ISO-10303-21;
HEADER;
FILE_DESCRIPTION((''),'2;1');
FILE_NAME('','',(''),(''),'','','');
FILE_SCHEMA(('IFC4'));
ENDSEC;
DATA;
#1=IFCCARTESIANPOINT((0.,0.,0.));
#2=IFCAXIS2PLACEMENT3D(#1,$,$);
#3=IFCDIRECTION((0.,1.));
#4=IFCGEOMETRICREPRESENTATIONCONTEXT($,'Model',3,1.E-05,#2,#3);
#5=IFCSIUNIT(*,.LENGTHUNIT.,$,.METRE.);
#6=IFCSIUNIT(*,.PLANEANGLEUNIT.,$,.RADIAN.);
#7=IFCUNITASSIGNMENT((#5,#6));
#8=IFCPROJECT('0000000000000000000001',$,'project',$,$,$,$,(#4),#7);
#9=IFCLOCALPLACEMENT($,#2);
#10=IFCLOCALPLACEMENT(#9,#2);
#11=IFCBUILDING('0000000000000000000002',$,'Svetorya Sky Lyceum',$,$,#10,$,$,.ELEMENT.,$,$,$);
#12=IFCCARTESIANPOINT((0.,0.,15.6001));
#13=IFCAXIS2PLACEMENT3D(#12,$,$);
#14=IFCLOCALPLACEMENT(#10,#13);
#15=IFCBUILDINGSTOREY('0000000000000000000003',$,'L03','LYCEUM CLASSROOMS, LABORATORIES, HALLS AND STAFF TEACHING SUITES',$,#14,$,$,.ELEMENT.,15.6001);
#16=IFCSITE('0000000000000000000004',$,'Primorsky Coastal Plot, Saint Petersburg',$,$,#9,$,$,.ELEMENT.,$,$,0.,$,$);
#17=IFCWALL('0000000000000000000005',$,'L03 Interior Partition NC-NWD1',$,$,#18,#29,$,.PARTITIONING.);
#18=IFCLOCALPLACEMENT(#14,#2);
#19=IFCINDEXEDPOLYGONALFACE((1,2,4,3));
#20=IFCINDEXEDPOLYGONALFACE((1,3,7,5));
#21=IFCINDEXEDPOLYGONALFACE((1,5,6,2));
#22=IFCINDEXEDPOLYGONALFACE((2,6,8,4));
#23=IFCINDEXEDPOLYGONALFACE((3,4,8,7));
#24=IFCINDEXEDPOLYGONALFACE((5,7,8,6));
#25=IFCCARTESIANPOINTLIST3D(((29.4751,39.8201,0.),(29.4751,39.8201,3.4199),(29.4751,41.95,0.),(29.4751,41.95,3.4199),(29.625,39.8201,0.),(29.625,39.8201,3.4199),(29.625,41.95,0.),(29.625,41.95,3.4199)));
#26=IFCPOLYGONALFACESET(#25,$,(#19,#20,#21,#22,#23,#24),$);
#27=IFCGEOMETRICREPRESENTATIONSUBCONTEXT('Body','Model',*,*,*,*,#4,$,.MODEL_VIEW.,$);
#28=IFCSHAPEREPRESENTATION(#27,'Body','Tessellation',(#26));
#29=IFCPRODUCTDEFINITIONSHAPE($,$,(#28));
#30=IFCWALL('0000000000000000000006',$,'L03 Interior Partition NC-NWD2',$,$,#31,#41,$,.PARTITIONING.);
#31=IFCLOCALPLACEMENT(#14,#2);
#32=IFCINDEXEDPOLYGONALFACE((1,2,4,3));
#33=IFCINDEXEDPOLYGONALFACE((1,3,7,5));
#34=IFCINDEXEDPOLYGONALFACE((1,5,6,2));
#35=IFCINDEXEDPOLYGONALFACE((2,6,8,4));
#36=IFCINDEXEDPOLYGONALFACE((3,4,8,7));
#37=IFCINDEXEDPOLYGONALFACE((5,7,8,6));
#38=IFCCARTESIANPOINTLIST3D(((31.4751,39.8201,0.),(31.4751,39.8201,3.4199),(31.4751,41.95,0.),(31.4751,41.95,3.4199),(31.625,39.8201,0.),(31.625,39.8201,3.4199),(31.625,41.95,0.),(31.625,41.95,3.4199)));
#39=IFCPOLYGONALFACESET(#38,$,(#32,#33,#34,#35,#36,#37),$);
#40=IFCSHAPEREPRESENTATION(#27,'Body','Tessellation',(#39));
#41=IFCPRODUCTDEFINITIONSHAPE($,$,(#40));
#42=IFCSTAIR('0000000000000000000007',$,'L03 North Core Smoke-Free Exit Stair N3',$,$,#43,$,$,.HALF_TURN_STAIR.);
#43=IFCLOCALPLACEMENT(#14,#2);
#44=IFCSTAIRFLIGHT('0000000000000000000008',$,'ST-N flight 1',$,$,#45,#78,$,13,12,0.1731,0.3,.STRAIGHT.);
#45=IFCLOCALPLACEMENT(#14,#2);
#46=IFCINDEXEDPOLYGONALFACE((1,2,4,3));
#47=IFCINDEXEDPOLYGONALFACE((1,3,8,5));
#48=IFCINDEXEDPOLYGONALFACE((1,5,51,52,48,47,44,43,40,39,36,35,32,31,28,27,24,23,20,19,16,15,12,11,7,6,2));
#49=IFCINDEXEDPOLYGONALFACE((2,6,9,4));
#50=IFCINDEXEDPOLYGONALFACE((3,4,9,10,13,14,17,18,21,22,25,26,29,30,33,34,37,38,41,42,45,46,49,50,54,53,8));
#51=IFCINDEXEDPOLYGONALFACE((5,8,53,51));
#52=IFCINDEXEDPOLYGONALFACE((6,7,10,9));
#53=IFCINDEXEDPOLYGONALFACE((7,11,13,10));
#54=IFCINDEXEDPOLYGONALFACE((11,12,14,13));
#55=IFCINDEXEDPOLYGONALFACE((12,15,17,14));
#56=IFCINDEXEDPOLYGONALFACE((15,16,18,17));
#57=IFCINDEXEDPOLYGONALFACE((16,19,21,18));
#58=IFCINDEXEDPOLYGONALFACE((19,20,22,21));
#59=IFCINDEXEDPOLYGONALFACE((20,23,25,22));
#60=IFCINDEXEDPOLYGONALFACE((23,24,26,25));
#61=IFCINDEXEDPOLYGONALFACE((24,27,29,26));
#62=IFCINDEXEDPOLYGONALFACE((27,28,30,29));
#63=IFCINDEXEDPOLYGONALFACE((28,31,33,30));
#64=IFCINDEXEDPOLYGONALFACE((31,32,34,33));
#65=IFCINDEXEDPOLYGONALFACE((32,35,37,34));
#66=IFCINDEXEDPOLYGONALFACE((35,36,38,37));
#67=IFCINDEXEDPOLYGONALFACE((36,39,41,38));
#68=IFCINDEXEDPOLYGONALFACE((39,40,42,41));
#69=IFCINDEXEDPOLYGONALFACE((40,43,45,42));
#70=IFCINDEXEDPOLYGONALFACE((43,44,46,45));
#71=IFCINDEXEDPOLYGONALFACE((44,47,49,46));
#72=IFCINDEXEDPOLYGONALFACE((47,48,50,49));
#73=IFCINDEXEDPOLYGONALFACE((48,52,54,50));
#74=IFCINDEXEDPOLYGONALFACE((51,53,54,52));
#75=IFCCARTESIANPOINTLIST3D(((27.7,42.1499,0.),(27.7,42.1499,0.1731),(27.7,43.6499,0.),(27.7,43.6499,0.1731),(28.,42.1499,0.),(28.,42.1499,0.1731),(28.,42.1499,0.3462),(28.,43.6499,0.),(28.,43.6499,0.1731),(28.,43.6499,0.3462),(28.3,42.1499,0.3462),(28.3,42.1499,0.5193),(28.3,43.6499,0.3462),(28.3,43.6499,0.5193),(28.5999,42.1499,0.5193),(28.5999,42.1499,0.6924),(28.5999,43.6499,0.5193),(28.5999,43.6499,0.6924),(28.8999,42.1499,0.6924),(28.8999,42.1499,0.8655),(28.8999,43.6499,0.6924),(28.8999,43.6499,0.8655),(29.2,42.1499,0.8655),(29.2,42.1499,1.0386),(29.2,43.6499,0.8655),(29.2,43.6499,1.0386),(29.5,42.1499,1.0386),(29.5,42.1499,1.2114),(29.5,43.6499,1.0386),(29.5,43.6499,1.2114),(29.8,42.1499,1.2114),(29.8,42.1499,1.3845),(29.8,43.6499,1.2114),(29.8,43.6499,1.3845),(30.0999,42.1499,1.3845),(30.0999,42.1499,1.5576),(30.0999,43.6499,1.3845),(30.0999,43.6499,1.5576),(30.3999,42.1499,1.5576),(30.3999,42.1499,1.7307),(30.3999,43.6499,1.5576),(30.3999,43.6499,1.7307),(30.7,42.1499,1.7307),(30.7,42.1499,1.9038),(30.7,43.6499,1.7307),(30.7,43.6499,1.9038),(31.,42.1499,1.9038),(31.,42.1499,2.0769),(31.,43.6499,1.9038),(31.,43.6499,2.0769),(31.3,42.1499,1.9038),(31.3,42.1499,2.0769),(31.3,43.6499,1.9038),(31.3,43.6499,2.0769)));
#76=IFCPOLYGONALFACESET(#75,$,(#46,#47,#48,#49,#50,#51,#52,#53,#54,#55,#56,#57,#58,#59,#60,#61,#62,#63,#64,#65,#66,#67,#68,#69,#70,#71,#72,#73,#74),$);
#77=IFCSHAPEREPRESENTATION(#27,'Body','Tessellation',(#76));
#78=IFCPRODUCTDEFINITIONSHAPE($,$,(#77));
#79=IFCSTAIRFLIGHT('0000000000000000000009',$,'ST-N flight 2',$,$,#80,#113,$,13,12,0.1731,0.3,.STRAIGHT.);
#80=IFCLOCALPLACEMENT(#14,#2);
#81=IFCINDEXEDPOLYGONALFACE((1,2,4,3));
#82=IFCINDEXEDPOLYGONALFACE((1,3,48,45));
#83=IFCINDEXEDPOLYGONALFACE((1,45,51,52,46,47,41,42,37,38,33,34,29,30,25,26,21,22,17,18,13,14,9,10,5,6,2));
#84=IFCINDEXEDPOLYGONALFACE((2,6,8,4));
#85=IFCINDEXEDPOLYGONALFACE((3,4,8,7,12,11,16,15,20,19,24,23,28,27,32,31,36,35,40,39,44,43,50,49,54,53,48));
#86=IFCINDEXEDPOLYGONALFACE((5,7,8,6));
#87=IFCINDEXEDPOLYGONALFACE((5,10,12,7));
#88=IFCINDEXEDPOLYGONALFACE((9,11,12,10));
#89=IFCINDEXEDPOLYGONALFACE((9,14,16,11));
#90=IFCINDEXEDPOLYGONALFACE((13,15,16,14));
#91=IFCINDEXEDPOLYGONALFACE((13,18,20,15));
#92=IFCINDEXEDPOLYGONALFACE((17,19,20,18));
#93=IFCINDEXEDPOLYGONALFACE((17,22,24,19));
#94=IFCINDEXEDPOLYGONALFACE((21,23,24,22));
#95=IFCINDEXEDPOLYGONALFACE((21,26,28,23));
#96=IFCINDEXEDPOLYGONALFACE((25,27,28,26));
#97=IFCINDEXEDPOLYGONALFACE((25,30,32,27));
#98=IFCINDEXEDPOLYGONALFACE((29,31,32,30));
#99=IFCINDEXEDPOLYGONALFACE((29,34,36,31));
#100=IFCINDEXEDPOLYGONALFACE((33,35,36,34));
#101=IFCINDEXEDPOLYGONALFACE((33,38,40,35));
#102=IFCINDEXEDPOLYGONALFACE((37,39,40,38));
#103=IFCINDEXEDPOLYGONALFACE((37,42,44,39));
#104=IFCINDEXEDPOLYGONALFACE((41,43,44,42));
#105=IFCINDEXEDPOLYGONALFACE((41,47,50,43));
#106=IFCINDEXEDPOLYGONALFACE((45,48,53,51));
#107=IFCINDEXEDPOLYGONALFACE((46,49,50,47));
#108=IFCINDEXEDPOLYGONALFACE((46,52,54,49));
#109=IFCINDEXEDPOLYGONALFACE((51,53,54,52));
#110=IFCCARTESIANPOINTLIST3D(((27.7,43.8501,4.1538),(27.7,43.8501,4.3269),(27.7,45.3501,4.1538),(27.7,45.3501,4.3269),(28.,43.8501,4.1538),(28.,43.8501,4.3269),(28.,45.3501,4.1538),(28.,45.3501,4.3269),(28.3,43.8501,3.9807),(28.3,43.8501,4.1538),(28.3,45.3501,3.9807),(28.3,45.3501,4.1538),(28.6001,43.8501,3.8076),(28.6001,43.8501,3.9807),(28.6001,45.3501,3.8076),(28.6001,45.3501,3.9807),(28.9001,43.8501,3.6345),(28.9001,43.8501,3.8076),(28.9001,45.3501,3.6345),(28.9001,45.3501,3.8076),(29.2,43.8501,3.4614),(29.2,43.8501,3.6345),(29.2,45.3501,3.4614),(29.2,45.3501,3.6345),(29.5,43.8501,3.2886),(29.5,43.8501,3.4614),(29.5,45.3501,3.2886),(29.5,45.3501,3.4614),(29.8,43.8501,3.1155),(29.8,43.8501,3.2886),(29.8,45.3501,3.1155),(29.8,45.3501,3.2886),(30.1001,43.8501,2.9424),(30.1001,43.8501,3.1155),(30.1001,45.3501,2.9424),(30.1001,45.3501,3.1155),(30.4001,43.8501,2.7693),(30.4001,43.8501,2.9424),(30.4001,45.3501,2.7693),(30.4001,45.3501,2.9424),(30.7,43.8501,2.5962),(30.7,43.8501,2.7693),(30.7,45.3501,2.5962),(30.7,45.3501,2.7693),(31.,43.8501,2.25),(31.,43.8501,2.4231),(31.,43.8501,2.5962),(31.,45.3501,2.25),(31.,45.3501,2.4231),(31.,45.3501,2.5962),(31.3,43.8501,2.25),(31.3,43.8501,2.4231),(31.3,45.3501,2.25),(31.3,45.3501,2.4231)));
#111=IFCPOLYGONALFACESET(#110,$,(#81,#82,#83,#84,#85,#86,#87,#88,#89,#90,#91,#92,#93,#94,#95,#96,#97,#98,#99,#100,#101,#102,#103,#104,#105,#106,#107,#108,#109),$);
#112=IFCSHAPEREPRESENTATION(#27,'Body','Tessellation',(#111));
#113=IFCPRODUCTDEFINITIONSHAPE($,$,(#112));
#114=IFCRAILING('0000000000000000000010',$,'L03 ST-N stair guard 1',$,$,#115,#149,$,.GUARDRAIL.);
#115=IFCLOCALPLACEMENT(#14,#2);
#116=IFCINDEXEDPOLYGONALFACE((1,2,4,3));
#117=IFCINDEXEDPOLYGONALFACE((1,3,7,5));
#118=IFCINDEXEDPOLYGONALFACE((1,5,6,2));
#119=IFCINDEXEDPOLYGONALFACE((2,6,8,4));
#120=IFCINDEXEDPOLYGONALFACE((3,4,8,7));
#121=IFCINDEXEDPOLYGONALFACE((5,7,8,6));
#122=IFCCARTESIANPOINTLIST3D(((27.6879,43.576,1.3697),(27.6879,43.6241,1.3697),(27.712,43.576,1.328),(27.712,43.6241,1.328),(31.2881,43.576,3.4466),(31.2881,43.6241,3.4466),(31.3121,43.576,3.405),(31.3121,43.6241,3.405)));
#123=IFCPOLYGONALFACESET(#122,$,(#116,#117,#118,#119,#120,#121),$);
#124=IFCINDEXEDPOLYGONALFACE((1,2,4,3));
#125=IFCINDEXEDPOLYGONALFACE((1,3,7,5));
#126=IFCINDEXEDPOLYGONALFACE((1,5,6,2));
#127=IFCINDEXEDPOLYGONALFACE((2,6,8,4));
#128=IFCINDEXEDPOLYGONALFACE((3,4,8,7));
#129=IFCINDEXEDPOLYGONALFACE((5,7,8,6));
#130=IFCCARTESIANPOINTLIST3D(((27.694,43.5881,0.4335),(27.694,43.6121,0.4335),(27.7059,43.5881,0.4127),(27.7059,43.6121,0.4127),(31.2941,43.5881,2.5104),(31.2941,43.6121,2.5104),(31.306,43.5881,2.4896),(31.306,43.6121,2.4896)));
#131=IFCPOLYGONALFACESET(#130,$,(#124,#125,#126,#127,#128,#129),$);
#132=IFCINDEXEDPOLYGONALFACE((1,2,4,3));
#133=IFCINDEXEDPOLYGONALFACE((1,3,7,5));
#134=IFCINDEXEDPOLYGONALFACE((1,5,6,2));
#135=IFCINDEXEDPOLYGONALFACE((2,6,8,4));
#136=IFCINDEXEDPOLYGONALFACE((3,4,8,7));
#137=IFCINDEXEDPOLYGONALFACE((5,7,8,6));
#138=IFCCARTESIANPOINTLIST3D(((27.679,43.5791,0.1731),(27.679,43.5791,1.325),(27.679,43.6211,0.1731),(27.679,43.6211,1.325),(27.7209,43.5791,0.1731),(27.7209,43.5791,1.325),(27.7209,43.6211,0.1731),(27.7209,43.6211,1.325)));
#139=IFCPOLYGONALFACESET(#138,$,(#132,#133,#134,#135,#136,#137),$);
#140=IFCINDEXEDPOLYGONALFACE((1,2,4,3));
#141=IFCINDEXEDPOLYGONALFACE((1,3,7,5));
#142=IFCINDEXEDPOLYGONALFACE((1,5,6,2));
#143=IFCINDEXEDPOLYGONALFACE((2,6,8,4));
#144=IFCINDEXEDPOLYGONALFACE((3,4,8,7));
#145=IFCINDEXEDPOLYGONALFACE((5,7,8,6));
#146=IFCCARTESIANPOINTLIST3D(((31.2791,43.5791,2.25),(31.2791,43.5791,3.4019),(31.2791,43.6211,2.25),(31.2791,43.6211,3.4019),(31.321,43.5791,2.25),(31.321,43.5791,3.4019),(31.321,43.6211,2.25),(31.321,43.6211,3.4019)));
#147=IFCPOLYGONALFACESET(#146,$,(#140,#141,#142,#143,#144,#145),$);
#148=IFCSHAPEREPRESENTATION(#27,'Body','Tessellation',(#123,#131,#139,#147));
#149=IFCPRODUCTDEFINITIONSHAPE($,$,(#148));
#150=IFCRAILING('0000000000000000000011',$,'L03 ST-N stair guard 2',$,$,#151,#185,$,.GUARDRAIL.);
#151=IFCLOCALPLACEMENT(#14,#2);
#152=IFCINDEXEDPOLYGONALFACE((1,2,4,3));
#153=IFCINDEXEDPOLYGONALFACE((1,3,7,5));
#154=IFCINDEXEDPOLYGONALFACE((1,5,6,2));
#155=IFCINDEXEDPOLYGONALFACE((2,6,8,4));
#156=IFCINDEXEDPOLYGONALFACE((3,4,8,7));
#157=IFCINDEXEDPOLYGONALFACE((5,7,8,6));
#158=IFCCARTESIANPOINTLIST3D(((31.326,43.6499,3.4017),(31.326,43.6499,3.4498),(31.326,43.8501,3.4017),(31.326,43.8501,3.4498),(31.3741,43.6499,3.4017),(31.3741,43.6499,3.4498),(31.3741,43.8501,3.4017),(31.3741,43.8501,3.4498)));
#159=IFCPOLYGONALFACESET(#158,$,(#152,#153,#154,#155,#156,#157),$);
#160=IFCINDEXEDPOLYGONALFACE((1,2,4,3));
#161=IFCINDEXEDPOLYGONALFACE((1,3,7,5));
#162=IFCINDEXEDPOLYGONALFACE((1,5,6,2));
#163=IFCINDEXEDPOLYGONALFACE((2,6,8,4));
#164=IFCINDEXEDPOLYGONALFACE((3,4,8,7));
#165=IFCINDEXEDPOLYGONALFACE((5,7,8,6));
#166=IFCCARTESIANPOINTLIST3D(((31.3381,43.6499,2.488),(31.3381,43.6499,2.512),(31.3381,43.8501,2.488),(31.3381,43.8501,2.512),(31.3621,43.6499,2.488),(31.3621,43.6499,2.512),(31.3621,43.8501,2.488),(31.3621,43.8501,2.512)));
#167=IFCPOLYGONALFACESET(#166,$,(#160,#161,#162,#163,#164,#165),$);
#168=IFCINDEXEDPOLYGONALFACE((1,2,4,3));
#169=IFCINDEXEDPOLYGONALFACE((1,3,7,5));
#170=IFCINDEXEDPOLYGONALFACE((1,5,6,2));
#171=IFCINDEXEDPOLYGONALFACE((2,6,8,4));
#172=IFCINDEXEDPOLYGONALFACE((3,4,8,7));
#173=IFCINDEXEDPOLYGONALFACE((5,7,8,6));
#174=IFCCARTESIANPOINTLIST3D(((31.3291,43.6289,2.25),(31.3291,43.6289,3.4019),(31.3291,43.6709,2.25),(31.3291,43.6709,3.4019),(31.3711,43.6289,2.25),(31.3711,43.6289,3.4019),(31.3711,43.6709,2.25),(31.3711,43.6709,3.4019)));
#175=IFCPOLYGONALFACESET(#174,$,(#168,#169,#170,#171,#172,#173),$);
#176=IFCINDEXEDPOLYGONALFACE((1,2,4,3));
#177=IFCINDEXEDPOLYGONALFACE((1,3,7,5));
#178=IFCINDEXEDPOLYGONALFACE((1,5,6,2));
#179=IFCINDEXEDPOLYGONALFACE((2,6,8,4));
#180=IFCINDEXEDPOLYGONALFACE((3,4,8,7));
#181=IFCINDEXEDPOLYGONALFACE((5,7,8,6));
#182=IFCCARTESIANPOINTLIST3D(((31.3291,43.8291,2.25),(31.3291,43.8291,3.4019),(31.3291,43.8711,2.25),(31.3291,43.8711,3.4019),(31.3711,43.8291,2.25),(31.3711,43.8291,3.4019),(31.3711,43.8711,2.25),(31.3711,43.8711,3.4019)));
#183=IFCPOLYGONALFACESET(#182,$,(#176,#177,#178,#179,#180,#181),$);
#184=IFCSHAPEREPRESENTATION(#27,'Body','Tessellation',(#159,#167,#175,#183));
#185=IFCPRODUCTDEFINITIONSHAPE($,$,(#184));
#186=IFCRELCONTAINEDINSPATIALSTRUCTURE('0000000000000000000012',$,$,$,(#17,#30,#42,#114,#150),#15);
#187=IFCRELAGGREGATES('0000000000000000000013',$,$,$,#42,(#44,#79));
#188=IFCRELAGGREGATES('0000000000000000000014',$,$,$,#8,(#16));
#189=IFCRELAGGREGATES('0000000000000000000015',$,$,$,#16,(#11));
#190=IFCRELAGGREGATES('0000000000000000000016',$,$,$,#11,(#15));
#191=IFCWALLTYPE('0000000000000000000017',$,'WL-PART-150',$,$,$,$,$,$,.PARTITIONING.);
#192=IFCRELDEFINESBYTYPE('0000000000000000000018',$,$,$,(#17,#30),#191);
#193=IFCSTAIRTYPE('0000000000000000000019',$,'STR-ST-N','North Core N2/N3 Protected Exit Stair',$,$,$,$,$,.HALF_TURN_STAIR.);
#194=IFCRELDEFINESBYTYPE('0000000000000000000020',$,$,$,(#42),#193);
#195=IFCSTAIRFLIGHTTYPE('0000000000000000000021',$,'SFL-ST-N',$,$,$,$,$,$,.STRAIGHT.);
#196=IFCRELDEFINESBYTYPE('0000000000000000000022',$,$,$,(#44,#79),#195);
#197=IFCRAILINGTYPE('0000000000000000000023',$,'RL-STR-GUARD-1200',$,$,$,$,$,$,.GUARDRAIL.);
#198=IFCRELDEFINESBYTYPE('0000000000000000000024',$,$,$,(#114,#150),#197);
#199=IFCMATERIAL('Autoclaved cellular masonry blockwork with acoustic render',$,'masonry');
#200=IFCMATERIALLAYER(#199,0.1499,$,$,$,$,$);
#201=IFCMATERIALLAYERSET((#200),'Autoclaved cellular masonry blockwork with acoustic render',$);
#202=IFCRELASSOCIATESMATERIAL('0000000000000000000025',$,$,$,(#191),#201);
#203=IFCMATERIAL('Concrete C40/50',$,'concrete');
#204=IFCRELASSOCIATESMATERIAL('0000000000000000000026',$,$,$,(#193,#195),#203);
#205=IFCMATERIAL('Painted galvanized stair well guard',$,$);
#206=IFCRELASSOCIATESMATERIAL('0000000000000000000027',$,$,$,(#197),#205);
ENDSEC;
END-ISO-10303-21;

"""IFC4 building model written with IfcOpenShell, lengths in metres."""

from ifc_helpers import new_model, si_unit, direction, frame, frame_2d, origin, origin_2d, place, context, subcontext, project, spatial, polyline, rectangle, outline, extrude, material, layer, layer_set, type_object, element, aggregate, save


model = new_model("IFC4")

# Units and contexts
model_context = context("Model", 3, precision=1e-05, world=origin(), true_north=direction((0.0, 1.0)))
body_context = subcontext(model_context, "Body", "Model", "MODEL_VIEW")
ifc_project = project(units=[si_unit("LENGTHUNIT", "METRE"), si_unit("PLANEANGLEUNIT", "RADIAN")], contexts=[model_context])

# Site, building, storey
site_placement = place(None, origin())
site = spatial("IfcSite", under=ifc_project, at=site_placement, Name="Primorsky Coastal Plot, Saint Petersburg", CompositionType="ELEMENT", RefElevation=0.0)
building_placement = place(site_placement, origin())
building = spatial("IfcBuilding", under=site, at=building_placement, Name="Svetorya Sky Lyceum", CompositionType="ELEMENT")
storey_placement = place(building_placement, frame((0.0, 0.0, 15.6001)))
storey = spatial("IfcBuildingStorey", under=building, at=storey_placement, Name="L03", Description="LYCEUM CLASSROOMS, LABORATORIES, HALLS AND STAFF TEACHING SUITES", CompositionType="ELEMENT", Elevation=15.6001)

# Shared definitions
ifc_material_1 = material(Name="Autoclaved cellular masonry blockwork with acoustic render", Category="masonry")
ifc_layer_1 = layer(ifc_material_1, 0.1499)
ifc_layer_set_1 = layer_set([ifc_layer_1], Name="Autoclaved cellular masonry blockwork with acoustic render")
wall_type_1 = type_object("IfcWallType", Name="WL-PART-150", PredefinedType="PARTITIONING", material=ifc_layer_set_1)

# Walls
for number, where, z_axis, x_axis, name in (
    (1, (29.55, 39.8201, 0.0), (0.0, 0.0, 1.0), (0.0, 1.0, 0.0), "L03 Interior Partition NC-NWD1"),
    (2, (31.55, 39.8201, 0.0), (0.0, 0.0, 1.0), (0.0, 1.0, 0.0), "L03 Interior Partition NC-NWD2"),
):
    element("IfcWall", number, at=place(storey_placement, frame(where, z_axis=z_axis, x_axis=x_axis)), inside=storey, type_object=wall_type_1, Name=name, PredefinedType="PARTITIONING", context=body_context, shape_type="SweptSolid", body=[
        extrude(rectangle(XDim=2.1299, YDim=0.1499, at=frame_2d((1.0649, 0.0))), origin(), (0.0, 0.0, 1.0), 3.4199),
    ])

# Stair, stair flights
ifc_material_2 = material(Name="Concrete C40/50", Category="concrete")
stair_type = type_object("IfcStairType", Name="STR-ST-N", Description="North Core N2/N3 Protected Exit Stair", PredefinedType="HALF_TURN_STAIR", material=ifc_material_2)
stair_placement = place(storey_placement, origin())
stair = element("IfcStair", 3, at=stair_placement, inside=storey, type_object=stair_type, Name="L03 North Core Smoke-Free Exit Stair N3", PredefinedType="HALF_TURN_STAIR")
stair_flight_type = type_object("IfcStairFlightType", Name="SFL-ST-N", PredefinedType="STRAIGHT", material=ifc_material_2)
stair_flight_1_placement = place(storey_placement, frame((27.7, 42.8999, 0.0), z_axis=(0.0, 0.0, 1.0), x_axis=(1.0, 0.0, 0.0)))
stair_flight_1 = element("IfcStairFlight", 4, at=stair_flight_1_placement, type_object=stair_flight_type, Name="ST-N flight 1", NumberOfRisers=13, NumberOfTreads=12, PredefinedType="STRAIGHT", RiserHeight=0.1731, TreadLength=0.3, context=body_context, shape_type="SweptSolid", body=[
    extrude(outline(polyline([(0.0, 0.0), (0.0, 0.1731), (0.3, 0.1731), (0.3, 0.3462), (0.6001, 0.3462), (0.6001, 0.5193), (0.8999, 0.5193), (0.8999, 0.6924), (1.2, 0.6924), (1.2, 0.8655), (1.5, 0.8655), (1.5, 1.0386), (1.8, 1.0386), (1.8, 1.2114), (2.1001, 1.2114), (2.1001, 1.3845), (2.3999, 1.3845), (2.3999, 1.5576), (2.7, 1.5576), (2.7, 1.7307), (3.0, 1.7307), (3.0, 1.9038), (3.3, 1.9038), (3.3, 2.0769), (3.6001, 2.0769), (3.6001, 2.25), (3.6001, 1.9038), (0.3, 0.0), (0.0, 0.0)])), frame((0.0, 0.75, 0.0), z_axis=(0.0, -1.0, 0.0), x_axis=(1.0, 0.0, 0.0)), (0.0, 0.0, 1.0), 1.5),
])
stair_flight_2_placement = place(storey_placement, frame((31.3, 44.6001, 2.25), z_axis=(0.0, 0.0, 1.0), x_axis=(-1.0, 0.0, 0.0)))
stair_flight_2 = element("IfcStairFlight", 5, at=stair_flight_2_placement, type_object=stair_flight_type, Name="ST-N flight 2", NumberOfRisers=13, NumberOfTreads=12, PredefinedType="STRAIGHT", RiserHeight=0.1731, TreadLength=0.3, context=body_context, shape_type="SweptSolid", body=[
    extrude(outline(polyline([(0.0, 0.0), (0.0, 0.1731), (0.3, 0.1731), (0.3, 0.3462), (0.6001, 0.3462), (0.6001, 0.5193), (0.8999, 0.5193), (0.8999, 0.6924), (1.2, 0.6924), (1.2, 0.8655), (1.5, 0.8655), (1.5, 1.0386), (1.8, 1.0386), (1.8, 1.2114), (2.1001, 1.2114), (2.1001, 1.3845), (2.3999, 1.3845), (2.3999, 1.5576), (2.7, 1.5576), (2.7, 1.7307), (3.0, 1.7307), (3.0, 1.9038), (3.3, 1.9038), (3.3, 2.0769), (3.6001, 2.0769), (3.6001, 2.25), (3.6001, 1.9038), (0.3, 0.0), (0.0, 0.0)])), frame((0.0, 0.75, 0.0), z_axis=(0.0, -1.0, 0.0), x_axis=(1.0, 0.0, 0.0)), (0.0, 0.0, 1.0), 1.5),
])
aggregate(stair, [stair_flight_1, stair_flight_2])

# Railings
ifc_material_3 = material(Name="Painted galvanized stair well guard")
railing_type_1 = type_object("IfcRailingType", Name="RL-STR-GUARD-1200", PredefinedType="GUARDRAIL", material=ifc_material_3)
railing_1_placement = place(storey_placement, frame((27.7, 43.6001, 0.1731)))
element("IfcRailing", 6, at=railing_1_placement, inside=storey, type_object=railing_type_1, Name="L03 ST-N stair guard 1", PredefinedType="GUARDRAIL", context=body_context, shape_type="SweptSolid", body=[
    extrude(rectangle(XDim=0.0481, YDim=0.0481, at=origin_2d()), frame((0.0, 0.0, 1.1758), z_axis=(0.866193, 0.0, 0.499709), x_axis=(0.0, 1.0, 0.0)), (0.0, 0.0, 1.0), 4.1562),
    extrude(rectangle(XDim=0.0239, YDim=0.0239, at=origin_2d()), frame((0.0, 0.0, 0.25), z_axis=(0.866193, 0.0, 0.499709), x_axis=(0.0, 1.0, 0.0)), (0.0, 0.0, 1.0), 4.1562),
    extrude(rectangle(XDim=0.042, YDim=0.042, at=origin_2d()), origin(), (0.0, 0.0, 1.0), 1.1519),
    extrude(rectangle(XDim=0.042, YDim=0.042, at=origin_2d()), frame((3.6001, 0.0, 2.0769)), (0.0, 0.0, 1.0), 1.1519),
])
railing_2_placement = place(storey_placement, frame((31.3501, 43.6499, 2.25)))
element("IfcRailing", 7, at=railing_2_placement, inside=storey, type_object=railing_type_1, Name="L03 ST-N stair guard 2", PredefinedType="GUARDRAIL", context=body_context, shape_type="SweptSolid", body=[
    extrude(rectangle(XDim=0.0481, YDim=0.0481, at=origin_2d()), frame((0.0, 0.0, 1.1758), z_axis=(0.0, 1.0, 0.0), x_axis=(-1.0, 0.0, 0.0)), (0.0, 0.0, 1.0), 0.2002),
    extrude(rectangle(XDim=0.0239, YDim=0.0239, at=origin_2d()), frame((0.0, 0.0, 0.25), z_axis=(0.0, 1.0, 0.0), x_axis=(-1.0, 0.0, 0.0)), (0.0, 0.0, 1.0), 0.2002),
    extrude(rectangle(XDim=0.042, YDim=0.042, at=origin_2d()), origin(), (0.0, 0.0, 1.0), 1.1519),
    extrude(rectangle(XDim=0.042, YDim=0.042, at=origin_2d()), frame((0.0, 0.2002, 0.0)), (0.0, 0.0, 1.0), 1.1519),
])

save(model, "model.ifc")
